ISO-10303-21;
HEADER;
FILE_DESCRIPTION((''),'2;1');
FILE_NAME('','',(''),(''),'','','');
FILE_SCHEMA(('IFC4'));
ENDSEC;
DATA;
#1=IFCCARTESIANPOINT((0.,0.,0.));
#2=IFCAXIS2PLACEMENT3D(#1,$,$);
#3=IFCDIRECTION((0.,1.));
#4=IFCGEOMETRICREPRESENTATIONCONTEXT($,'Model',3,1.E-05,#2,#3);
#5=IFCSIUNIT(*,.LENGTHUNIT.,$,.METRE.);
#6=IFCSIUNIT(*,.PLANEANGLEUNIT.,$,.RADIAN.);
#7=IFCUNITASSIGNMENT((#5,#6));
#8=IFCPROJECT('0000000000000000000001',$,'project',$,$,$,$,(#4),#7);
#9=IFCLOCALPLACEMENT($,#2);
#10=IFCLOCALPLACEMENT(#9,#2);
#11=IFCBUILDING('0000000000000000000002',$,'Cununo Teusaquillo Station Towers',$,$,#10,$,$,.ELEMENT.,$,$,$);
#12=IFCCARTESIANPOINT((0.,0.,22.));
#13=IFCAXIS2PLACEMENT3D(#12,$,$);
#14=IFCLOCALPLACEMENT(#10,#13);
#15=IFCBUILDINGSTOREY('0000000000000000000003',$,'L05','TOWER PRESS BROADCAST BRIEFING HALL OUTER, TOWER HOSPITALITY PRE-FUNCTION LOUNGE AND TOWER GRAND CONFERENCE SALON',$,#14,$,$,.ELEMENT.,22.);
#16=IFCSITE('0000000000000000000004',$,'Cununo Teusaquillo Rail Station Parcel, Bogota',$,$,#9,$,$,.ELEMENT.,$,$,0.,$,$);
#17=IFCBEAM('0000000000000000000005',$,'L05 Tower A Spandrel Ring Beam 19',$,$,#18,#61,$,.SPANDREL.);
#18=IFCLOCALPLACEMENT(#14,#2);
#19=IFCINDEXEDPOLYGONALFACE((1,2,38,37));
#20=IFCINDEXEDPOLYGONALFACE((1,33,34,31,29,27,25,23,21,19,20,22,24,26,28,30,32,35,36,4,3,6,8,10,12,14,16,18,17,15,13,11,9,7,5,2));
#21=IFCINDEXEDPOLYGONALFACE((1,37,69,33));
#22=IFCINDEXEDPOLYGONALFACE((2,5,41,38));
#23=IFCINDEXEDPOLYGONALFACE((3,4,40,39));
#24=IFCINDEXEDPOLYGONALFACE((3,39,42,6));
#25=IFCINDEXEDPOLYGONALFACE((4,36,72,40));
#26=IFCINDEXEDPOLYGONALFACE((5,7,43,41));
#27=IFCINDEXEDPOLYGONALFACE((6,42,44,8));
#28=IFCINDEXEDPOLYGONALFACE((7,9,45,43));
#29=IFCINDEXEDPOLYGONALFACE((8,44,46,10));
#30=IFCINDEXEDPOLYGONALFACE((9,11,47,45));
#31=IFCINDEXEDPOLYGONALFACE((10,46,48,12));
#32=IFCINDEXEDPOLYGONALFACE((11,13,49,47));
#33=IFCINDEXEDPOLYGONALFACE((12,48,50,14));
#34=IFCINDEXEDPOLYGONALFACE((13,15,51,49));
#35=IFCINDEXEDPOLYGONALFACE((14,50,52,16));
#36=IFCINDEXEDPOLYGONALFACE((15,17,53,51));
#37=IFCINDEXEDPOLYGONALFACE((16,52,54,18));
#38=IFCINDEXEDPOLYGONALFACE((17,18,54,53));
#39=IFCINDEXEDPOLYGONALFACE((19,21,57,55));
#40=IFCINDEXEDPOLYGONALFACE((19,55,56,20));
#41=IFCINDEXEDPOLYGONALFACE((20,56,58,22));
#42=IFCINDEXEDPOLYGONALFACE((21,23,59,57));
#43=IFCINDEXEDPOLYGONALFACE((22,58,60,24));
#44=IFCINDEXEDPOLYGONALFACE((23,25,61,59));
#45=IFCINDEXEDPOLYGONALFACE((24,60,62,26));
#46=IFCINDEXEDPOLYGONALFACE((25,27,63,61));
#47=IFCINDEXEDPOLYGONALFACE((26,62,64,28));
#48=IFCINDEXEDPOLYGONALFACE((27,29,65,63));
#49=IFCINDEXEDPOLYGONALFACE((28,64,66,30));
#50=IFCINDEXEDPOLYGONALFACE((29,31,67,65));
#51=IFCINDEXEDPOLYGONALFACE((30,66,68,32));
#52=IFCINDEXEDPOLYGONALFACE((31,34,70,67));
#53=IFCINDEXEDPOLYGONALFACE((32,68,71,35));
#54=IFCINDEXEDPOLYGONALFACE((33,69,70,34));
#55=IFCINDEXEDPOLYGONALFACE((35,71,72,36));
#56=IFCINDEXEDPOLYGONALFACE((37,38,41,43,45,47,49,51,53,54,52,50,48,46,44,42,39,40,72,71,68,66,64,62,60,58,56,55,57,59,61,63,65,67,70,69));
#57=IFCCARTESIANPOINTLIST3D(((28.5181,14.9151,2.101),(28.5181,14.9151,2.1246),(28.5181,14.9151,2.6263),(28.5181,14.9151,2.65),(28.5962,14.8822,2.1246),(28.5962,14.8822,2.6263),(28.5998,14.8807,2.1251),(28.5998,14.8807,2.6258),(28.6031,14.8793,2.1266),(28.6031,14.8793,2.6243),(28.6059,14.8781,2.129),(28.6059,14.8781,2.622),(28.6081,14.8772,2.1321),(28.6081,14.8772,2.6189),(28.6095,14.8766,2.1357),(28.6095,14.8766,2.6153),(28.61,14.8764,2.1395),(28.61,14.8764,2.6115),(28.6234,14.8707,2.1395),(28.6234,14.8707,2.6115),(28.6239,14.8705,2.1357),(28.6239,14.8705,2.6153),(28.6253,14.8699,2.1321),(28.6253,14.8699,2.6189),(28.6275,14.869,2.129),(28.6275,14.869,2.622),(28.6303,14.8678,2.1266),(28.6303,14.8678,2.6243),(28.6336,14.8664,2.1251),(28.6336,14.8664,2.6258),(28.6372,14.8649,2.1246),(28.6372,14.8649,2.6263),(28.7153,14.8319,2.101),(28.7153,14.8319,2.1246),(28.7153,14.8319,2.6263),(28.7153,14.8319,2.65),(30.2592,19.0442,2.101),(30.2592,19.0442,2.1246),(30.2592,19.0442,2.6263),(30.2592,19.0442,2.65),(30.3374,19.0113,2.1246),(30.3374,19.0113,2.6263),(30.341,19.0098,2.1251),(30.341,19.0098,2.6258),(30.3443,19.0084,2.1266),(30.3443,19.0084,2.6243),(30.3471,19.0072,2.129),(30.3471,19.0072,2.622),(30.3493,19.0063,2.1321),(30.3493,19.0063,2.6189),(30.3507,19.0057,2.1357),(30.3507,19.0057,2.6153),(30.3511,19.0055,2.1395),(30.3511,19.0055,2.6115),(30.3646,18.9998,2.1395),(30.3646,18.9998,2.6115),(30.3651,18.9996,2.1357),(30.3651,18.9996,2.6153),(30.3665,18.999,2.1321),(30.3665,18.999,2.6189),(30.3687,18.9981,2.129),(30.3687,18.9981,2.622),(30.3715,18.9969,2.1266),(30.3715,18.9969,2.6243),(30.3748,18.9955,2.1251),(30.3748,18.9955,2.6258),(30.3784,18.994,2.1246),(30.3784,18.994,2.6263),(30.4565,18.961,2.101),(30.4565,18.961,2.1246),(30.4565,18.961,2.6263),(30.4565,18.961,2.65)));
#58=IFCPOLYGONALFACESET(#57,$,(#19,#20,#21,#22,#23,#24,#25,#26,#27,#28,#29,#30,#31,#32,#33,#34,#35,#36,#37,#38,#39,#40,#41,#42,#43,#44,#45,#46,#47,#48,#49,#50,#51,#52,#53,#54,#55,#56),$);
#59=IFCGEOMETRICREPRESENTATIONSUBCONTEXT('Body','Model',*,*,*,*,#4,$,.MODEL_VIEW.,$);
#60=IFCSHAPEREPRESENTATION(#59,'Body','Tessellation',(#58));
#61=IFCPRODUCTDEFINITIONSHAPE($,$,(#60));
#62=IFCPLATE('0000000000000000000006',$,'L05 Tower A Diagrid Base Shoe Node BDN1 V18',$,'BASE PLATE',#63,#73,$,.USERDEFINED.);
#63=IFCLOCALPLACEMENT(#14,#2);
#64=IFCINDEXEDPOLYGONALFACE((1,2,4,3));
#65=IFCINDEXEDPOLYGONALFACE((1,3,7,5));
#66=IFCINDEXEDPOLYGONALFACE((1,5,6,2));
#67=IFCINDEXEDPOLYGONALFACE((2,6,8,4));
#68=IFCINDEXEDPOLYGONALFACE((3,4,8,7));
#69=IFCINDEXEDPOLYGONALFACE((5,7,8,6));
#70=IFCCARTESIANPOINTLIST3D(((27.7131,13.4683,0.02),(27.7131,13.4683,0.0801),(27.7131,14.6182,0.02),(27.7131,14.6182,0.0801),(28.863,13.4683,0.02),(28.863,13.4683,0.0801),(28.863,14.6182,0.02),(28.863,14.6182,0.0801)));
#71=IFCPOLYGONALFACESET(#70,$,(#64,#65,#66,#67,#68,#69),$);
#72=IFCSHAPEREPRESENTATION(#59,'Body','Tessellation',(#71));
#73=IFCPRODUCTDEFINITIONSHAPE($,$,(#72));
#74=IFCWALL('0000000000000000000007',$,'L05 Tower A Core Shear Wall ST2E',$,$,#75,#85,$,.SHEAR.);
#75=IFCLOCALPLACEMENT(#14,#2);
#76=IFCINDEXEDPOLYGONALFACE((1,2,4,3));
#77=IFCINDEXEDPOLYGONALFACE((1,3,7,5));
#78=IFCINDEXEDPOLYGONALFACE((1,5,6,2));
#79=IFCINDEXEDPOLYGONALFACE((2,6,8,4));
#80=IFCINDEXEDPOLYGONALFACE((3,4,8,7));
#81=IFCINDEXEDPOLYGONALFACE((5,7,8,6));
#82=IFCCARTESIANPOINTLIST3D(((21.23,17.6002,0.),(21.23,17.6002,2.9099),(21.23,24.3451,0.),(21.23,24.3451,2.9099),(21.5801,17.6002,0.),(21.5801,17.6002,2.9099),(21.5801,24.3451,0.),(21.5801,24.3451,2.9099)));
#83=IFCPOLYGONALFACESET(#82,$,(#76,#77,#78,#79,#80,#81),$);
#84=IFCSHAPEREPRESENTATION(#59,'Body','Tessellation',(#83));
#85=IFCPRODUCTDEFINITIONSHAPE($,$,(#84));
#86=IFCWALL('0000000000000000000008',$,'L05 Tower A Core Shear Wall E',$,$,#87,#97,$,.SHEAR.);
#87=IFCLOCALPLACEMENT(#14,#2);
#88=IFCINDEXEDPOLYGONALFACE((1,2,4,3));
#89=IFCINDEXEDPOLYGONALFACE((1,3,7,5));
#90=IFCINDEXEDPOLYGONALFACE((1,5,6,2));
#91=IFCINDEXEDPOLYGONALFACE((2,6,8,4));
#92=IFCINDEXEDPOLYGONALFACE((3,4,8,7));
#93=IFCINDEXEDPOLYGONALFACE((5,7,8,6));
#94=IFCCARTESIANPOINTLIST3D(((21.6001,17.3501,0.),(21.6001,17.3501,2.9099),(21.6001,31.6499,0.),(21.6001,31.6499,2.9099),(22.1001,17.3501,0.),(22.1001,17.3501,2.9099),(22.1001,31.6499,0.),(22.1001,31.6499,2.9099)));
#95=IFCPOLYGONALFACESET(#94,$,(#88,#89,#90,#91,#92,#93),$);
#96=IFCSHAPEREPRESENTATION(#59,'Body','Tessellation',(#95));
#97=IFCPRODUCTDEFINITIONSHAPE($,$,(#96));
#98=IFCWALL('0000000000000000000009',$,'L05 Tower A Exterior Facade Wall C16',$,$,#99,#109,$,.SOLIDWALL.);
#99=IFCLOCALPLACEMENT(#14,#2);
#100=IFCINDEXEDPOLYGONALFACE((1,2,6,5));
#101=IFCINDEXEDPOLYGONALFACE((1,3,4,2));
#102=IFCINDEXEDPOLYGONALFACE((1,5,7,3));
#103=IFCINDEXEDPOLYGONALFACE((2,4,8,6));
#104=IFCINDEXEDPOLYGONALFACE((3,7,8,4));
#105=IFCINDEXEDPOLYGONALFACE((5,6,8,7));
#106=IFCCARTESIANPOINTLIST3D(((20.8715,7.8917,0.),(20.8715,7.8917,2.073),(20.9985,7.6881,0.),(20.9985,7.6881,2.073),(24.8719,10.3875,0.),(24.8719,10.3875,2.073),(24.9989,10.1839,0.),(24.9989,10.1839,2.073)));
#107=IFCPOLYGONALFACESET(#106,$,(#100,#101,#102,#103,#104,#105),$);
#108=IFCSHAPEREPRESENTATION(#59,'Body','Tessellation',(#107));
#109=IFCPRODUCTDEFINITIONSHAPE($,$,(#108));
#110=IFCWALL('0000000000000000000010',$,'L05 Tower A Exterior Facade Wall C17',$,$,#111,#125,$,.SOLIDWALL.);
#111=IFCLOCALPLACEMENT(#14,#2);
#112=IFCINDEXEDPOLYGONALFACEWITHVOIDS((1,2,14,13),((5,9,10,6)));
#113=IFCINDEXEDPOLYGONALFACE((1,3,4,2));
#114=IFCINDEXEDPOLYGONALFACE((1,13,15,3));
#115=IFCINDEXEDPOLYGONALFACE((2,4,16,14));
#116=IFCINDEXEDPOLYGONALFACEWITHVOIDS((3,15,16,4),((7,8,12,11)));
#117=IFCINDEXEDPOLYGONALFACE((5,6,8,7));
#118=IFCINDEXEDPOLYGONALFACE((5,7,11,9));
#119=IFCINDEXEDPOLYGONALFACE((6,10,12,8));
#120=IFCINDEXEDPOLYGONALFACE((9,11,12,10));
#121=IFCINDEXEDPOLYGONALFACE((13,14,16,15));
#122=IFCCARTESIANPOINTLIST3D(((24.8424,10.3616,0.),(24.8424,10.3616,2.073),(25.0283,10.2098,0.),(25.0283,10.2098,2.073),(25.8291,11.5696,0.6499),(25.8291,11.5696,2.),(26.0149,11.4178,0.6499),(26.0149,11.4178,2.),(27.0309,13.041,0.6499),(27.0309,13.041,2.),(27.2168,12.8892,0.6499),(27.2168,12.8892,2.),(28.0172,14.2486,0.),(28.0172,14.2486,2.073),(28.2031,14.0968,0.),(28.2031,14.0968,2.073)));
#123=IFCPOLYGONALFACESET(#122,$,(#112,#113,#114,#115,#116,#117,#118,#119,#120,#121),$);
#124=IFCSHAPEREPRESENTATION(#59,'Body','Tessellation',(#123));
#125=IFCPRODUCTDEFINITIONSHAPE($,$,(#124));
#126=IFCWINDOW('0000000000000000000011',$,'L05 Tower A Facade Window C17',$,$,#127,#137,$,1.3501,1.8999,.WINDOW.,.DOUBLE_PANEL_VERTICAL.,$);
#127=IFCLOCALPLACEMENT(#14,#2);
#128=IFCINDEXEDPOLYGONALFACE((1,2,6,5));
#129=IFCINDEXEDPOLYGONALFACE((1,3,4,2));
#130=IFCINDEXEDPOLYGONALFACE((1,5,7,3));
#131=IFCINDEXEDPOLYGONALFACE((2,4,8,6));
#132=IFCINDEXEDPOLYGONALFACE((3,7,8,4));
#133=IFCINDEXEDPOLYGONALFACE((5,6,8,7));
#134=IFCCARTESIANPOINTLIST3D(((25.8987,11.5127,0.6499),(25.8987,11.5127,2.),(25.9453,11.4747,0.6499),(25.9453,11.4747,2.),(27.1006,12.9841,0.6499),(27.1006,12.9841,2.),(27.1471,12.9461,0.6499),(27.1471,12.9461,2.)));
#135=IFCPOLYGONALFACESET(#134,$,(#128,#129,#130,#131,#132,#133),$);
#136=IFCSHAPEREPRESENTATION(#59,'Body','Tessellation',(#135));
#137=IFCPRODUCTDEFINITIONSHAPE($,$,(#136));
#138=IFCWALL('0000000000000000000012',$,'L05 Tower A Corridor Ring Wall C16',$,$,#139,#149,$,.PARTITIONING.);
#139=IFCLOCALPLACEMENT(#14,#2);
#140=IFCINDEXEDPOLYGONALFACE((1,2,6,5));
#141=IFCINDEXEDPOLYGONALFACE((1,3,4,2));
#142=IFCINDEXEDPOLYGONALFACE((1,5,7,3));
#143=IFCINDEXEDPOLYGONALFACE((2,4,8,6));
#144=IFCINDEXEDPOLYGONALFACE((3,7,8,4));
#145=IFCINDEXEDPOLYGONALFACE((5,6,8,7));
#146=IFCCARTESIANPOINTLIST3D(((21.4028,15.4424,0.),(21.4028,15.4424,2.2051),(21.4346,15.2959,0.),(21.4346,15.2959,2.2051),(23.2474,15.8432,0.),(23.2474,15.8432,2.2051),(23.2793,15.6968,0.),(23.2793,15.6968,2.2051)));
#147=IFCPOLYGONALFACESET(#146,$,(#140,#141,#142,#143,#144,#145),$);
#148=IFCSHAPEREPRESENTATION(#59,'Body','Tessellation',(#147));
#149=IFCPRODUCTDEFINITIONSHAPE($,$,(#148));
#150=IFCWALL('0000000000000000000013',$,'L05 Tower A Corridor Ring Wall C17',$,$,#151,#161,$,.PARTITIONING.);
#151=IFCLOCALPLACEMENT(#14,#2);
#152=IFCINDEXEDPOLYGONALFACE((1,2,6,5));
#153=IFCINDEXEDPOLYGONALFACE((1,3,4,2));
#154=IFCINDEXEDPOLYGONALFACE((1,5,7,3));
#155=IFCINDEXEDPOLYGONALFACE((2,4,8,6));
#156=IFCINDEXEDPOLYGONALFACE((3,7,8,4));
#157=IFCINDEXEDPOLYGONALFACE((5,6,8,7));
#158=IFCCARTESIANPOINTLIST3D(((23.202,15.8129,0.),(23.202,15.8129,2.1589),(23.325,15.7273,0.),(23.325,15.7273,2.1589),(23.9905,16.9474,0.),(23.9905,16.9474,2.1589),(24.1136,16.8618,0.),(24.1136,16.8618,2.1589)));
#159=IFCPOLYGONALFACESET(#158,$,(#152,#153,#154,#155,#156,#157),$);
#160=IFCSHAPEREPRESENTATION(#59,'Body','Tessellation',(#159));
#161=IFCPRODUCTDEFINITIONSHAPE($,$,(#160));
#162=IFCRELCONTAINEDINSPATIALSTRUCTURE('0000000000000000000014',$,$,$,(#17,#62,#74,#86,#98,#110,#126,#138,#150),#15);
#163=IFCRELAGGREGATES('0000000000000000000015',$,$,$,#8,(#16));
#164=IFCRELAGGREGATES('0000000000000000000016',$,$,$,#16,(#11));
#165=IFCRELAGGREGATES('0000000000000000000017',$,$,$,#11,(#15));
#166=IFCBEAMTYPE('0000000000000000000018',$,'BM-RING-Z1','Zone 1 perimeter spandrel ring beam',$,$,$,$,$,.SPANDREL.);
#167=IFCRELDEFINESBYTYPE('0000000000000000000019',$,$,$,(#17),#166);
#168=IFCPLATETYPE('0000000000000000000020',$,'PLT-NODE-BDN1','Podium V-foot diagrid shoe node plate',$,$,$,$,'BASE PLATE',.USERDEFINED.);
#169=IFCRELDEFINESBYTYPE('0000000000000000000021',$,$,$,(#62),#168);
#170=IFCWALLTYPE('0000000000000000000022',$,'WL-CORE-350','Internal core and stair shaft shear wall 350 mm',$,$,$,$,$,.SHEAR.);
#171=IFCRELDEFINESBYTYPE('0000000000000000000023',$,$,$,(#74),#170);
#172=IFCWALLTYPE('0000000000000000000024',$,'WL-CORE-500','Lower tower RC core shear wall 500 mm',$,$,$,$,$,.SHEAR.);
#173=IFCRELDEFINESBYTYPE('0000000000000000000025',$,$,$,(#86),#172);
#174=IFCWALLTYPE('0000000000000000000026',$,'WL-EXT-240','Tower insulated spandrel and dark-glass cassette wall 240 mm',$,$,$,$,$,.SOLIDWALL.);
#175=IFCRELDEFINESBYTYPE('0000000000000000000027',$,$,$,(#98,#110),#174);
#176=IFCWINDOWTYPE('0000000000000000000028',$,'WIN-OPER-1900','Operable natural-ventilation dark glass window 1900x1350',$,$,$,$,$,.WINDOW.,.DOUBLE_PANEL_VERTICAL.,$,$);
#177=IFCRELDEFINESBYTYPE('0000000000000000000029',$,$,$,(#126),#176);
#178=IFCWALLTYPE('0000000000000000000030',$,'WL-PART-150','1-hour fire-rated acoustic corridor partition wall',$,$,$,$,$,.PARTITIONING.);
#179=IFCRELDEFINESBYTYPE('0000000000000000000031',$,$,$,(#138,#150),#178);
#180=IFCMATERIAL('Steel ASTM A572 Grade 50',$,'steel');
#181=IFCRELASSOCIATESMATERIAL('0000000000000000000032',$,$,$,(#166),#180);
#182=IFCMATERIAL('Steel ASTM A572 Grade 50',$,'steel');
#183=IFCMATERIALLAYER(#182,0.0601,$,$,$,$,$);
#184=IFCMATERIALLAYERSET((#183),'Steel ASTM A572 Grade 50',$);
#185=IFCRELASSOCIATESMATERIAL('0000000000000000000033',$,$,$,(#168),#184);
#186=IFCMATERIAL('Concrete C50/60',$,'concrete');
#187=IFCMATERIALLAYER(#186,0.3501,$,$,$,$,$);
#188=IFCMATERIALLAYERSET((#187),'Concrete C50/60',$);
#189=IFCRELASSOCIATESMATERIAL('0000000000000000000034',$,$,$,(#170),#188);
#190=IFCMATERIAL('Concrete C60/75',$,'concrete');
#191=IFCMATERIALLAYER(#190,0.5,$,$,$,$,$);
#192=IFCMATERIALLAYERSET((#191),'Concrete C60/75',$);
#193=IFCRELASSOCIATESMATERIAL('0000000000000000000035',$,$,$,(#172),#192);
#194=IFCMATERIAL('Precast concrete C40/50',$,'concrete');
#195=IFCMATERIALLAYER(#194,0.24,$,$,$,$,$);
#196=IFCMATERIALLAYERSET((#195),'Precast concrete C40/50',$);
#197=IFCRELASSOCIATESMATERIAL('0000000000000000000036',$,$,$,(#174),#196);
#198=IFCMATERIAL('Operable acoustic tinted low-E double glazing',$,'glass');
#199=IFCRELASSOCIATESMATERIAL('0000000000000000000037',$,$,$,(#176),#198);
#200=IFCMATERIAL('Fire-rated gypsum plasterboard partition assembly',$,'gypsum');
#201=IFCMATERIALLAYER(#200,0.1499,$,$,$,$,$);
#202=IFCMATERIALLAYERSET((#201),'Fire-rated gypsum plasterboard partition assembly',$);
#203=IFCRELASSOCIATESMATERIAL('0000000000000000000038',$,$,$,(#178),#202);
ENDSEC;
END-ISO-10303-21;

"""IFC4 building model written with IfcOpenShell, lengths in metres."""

from ifc_helpers import new_model, si_unit, direction, frame, frame_2d, origin, origin_2d, place, context, subcontext, project, spatial, rectangle, i_section, extrude, source, transform, mapped, material, layer, layer_set, material_profile, profile_set, type_object, element, fill, save


model = new_model("IFC4")

# Units and contexts
model_context = context("Model", 3, precision=1e-05, world=origin(), true_north=direction((0.0, 1.0)))
body_context = subcontext(model_context, "Body", "Model", "MODEL_VIEW")
ifc_project = project(units=[si_unit("LENGTHUNIT", "METRE"), si_unit("PLANEANGLEUNIT", "RADIAN")], contexts=[model_context])

# Site, building, storey
site_placement = place(None, origin())
site = spatial("IfcSite", under=ifc_project, at=site_placement, Name="Cununo Teusaquillo Rail Station Parcel, Bogota", CompositionType="ELEMENT", RefElevation=0.0)
building_placement = place(site_placement, origin())
building = spatial("IfcBuilding", under=site, at=building_placement, Name="Cununo Teusaquillo Station Towers", CompositionType="ELEMENT")
storey_placement = place(building_placement, frame((0.0, 0.0, 22.0)))
storey = spatial("IfcBuildingStorey", under=building, at=storey_placement, Name="L05", Description="TOWER PRESS BROADCAST BRIEFING HALL OUTER, TOWER HOSPITALITY PRE-FUNCTION LOUNGE AND TOWER GRAND CONFERENCE SALON", CompositionType="ELEMENT", Elevation=22.0)

# Beam
ifc_material_1 = material(Name="Steel ASTM A572 Grade 50", Category="steel")
ifc_material_profile_1 = material_profile(ifc_material_1, i_section(OverallWidth=0.2141, OverallDepth=0.5491, WebThickness=0.0146, FlangeThickness=0.0237, FilletRadius=0.0149, at=origin_2d()), Name="W21X93")
ifc_profile_set_1 = profile_set([ifc_material_profile_1], Name="Steel ASTM A572 Grade 50")
beam_type = type_object("IfcBeamType", Name="BM-RING-Z1", Description="Zone 1 perimeter spandrel ring beam", PredefinedType="SPANDREL", material=ifc_profile_set_1)
beam_1_placement = place(storey_placement, frame((28.6167, 14.8735, 2.3755), z_axis=(0.388554, 0.921426, 0.0), x_axis=(-0.921426, 0.388554, 0.0)))
element("IfcBeam", 1, at=beam_1_placement, inside=storey, type_object=beam_type, Name="L05 Tower A Spandrel Ring Beam 19", PredefinedType="SPANDREL", context=body_context, shape_type="SweptSolid", body=[
    extrude(i_section(OverallWidth=0.2141, OverallDepth=0.5491, WebThickness=0.0146, FlangeThickness=0.0237, FilletRadius=0.0149, at=origin_2d()), origin(), (0.0, 0.0, 1.0), 4.4812),
])

# Plate
ifc_material_2 = material(Name="Steel ASTM A572 Grade 50", Category="steel")
ifc_layer_1 = layer(ifc_material_2, 0.0601)
ifc_layer_set_1 = layer_set([ifc_layer_1], Name="Steel ASTM A572 Grade 50")
plate_type = type_object("IfcPlateType", Name="PLT-NODE-BDN1", Description="Podium V-foot diagrid shoe node plate", ElementType="BASE PLATE", PredefinedType="USERDEFINED", material=ifc_layer_set_1)
shared_shape_1 = source(origin(), body_context, "Body", "SweptSolid", [
    extrude(rectangle(XDim=1.1499, YDim=1.1499, at=origin_2d()), origin(), (0.0, 0.0, 1.0), 0.0601),
])
plate_placement = place(storey_placement, frame((28.2881, 14.0432, 0.02), z_axis=(0.0, 0.0, 1.0), x_axis=(1.0, 0.0, 0.0)))
element("IfcPlate", 2, at=plate_placement, inside=storey, type_object=plate_type, Name="L05 Tower A Diagrid Base Shoe Node BDN1 V18", ObjectType="BASE PLATE", PredefinedType="USERDEFINED", context=body_context, shape_type="MappedRepresentation", body=[
    mapped(shared_shape_1, transform((0.0, 0.0, 0.0), x_axis=(1.0, 0.0, 0.0), y_axis=(0.0, 1.0, 0.0), z_axis=(0.0, 0.0, 1.0), scale=1.0)),
])

# Walls
ifc_material_3 = material(Name="Concrete C50/60", Category="concrete")
ifc_layer_2 = layer(ifc_material_3, 0.3501)
ifc_layer_set_2 = layer_set([ifc_layer_2], Name="Concrete C50/60")
wall_type_1 = type_object("IfcWallType", Name="WL-CORE-350", Description="Internal core and stair shaft shear wall 350 mm", PredefinedType="SHEAR", material=ifc_layer_set_2)
wall_1_placement = place(storey_placement, frame((21.405, 17.6001, 0.0), z_axis=(0.0, 0.0, 1.0), x_axis=(0.0, 1.0, 0.0)))
element("IfcWall", 3, at=wall_1_placement, inside=storey, type_object=wall_type_1, Name="L05 Tower A Core Shear Wall ST2E", PredefinedType="SHEAR", context=body_context, shape_type="SweptSolid", body=[
    extrude(rectangle(XDim=6.7449, YDim=0.3501, at=frame_2d((3.3726, 0.0))), origin(), (0.0, 0.0, 1.0), 2.9099),
])
ifc_material_4 = material(Name="Concrete C60/75", Category="concrete")
ifc_layer_3 = layer(ifc_material_4, 0.5)
ifc_layer_set_3 = layer_set([ifc_layer_3], Name="Concrete C60/75")
wall_type_2 = type_object("IfcWallType", Name="WL-CORE-500", Description="Lower tower RC core shear wall 500 mm", PredefinedType="SHEAR", material=ifc_layer_set_3)
wall_2_placement = place(storey_placement, frame((21.8501, 17.3501, 0.0), z_axis=(0.0, 0.0, 1.0), x_axis=(0.0, 1.0, 0.0)))
element("IfcWall", 4, at=wall_2_placement, inside=storey, type_object=wall_type_2, Name="L05 Tower A Core Shear Wall E", PredefinedType="SHEAR", context=body_context, shape_type="SweptSolid", body=[
    extrude(rectangle(XDim=14.2998, YDim=0.5, at=frame_2d((7.1499, 0.0))), origin(), (0.0, 0.0, 1.0), 2.9099),
])
ifc_material_5 = material(Name="Precast concrete C40/50", Category="concrete")
ifc_layer_4 = layer(ifc_material_5, 0.24)
ifc_layer_set_4 = layer_set([ifc_layer_4], Name="Precast concrete C40/50")
wall_type_3 = type_object("IfcWallType", Name="WL-EXT-240", Description="Tower insulated spandrel and dark-glass cassette wall 240 mm", PredefinedType="SOLIDWALL", material=ifc_layer_set_4)
wall_3_placement = place(storey_placement, frame((24.9353, 10.2856, 0.0), z_axis=(0.0, 0.0, 1.0), x_axis=(-0.848423, -0.529319, 0.0)))
element("IfcWall", 5, at=wall_3_placement, inside=storey, type_object=wall_type_3, Name="L05 Tower A Exterior Facade Wall C16", PredefinedType="SOLIDWALL", context=body_context, shape_type="SweptSolid", body=[
    extrude(rectangle(XDim=4.7151, YDim=0.24, at=frame_2d((2.3574, 0.0))), origin(), (0.0, 0.0, 1.0), 2.073),
])

# Wall, opening, window
wall_4_placement = place(storey_placement, frame((28.1101, 14.1726, 0.0), z_axis=(0.0, 0.0, 1.0), x_axis=(-0.632589, -0.774488, 0.0)))
wall_4 = element("IfcWall", 6, at=wall_4_placement, inside=storey, type_object=wall_type_3, Name="L05 Tower A Exterior Facade Wall C17", PredefinedType="SOLIDWALL", context=body_context, shape_type="SweptSolid", body=[
    extrude(rectangle(XDim=5.0188, YDim=0.24, at=frame_2d((2.5093, 0.0))), origin(), (0.0, 0.0, 1.0), 2.073),
])
shared_shape_2 = source(origin(), body_context, "Body", "SweptSolid", [
    extrude(rectangle(XDim=1.8999, YDim=1.3501, at=frame_2d((0.95, 0.675))), frame((0.0, 0.1299, 0.0), z_axis=(0.0, -1.0, 0.0), x_axis=(1.0, 0.0, 0.0)), (0.0, 0.0, 1.0), 0.26),
])
opening_1_placement = place(wall_4_placement, frame((1.5591, 0.0, 0.6499)))
opening_1 = element("IfcOpeningElement", 7, at=opening_1_placement, cuts=wall_4, PredefinedType="OPENING", context=body_context, shape_type="MappedRepresentation", body=[
    mapped(shared_shape_2, transform((0.0, 0.0, 0.0), x_axis=(1.0, 0.0, 0.0), y_axis=(0.0, 1.0, 0.0), z_axis=(0.0, 0.0, 1.0), scale=1.0)),
])
ifc_material_6 = material(Name="Operable acoustic tinted low-E double glazing", Category="glass")
window_type = type_object("IfcWindowType", Name="WIN-OPER-1900", Description="Operable natural-ventilation dark glass window 1900x1350", PartitioningType="DOUBLE_PANEL_VERTICAL", PredefinedType="WINDOW", material=ifc_material_6)
shared_shape_3 = source(origin(), body_context, "Body", "SweptSolid", [
    extrude(rectangle(XDim=1.8999, YDim=1.3501, at=frame_2d((0.95, 0.675))), frame((0.0, 0.03, 0.0), z_axis=(0.0, -1.0, 0.0), x_axis=(1.0, 0.0, 0.0)), (0.0, 0.0, 1.0), 0.0601),
])
window_placement = place(opening_1_placement, origin())
window = element("IfcWindow", 8, at=window_placement, inside=storey, type_object=window_type, Name="L05 Tower A Facade Window C17", OverallHeight=1.3501, OverallWidth=1.8999, PartitioningType="DOUBLE_PANEL_VERTICAL", PredefinedType="WINDOW", context=body_context, shape_type="MappedRepresentation", body=[
    mapped(shared_shape_3, transform((0.0, 0.0, 0.0), x_axis=(1.0, 0.0, 0.0), y_axis=(0.0, 1.0, 0.0), z_axis=(0.0, 0.0, 1.0), scale=1.0)),
])
fill(opening_1, window)

# Walls
ifc_material_7 = material(Name="Fire-rated gypsum plasterboard partition assembly", Category="gypsum")
ifc_layer_5 = layer(ifc_material_7, 0.1499)
ifc_layer_set_5 = layer_set([ifc_layer_5], Name="Fire-rated gypsum plasterboard partition assembly")
wall_type_4 = type_object("IfcWallType", Name="WL-PART-150", Description="1-hour fire-rated acoustic corridor partition wall", PredefinedType="PARTITIONING", material=ifc_layer_set_5)
wall_5_placement = place(storey_placement, frame((21.4187, 15.3691, 0.0), z_axis=(0.0, 0.0, 1.0), x_axis=(0.977193, 0.212354, 0.0)))
element("IfcWall", 9, at=wall_5_placement, inside=storey, type_object=wall_type_4, Name="L05 Tower A Corridor Ring Wall C16", PredefinedType="PARTITIONING", context=body_context, shape_type="SweptSolid", body=[
    extrude(rectangle(XDim=1.8877, YDim=0.1499, at=frame_2d((0.9438, 0.0))), origin(), (0.0, 0.0, 1.0), 2.2051),
])
wall_6_placement = place(storey_placement, frame((23.2634, 15.77, 0.0), z_axis=(0.0, 0.0, 1.0), x_axis=(0.570743, 0.821128, 0.0)))
element("IfcWall", 10, at=wall_6_placement, inside=storey, type_object=wall_type_4, Name="L05 Tower A Corridor Ring Wall C17", PredefinedType="PARTITIONING", context=body_context, shape_type="SweptSolid", body=[
    extrude(rectangle(XDim=1.3816, YDim=0.1499, at=frame_2d((0.6909, 0.0))), origin(), (0.0, 0.0, 1.0), 2.1589),
])

save(model, "model.ifc")
